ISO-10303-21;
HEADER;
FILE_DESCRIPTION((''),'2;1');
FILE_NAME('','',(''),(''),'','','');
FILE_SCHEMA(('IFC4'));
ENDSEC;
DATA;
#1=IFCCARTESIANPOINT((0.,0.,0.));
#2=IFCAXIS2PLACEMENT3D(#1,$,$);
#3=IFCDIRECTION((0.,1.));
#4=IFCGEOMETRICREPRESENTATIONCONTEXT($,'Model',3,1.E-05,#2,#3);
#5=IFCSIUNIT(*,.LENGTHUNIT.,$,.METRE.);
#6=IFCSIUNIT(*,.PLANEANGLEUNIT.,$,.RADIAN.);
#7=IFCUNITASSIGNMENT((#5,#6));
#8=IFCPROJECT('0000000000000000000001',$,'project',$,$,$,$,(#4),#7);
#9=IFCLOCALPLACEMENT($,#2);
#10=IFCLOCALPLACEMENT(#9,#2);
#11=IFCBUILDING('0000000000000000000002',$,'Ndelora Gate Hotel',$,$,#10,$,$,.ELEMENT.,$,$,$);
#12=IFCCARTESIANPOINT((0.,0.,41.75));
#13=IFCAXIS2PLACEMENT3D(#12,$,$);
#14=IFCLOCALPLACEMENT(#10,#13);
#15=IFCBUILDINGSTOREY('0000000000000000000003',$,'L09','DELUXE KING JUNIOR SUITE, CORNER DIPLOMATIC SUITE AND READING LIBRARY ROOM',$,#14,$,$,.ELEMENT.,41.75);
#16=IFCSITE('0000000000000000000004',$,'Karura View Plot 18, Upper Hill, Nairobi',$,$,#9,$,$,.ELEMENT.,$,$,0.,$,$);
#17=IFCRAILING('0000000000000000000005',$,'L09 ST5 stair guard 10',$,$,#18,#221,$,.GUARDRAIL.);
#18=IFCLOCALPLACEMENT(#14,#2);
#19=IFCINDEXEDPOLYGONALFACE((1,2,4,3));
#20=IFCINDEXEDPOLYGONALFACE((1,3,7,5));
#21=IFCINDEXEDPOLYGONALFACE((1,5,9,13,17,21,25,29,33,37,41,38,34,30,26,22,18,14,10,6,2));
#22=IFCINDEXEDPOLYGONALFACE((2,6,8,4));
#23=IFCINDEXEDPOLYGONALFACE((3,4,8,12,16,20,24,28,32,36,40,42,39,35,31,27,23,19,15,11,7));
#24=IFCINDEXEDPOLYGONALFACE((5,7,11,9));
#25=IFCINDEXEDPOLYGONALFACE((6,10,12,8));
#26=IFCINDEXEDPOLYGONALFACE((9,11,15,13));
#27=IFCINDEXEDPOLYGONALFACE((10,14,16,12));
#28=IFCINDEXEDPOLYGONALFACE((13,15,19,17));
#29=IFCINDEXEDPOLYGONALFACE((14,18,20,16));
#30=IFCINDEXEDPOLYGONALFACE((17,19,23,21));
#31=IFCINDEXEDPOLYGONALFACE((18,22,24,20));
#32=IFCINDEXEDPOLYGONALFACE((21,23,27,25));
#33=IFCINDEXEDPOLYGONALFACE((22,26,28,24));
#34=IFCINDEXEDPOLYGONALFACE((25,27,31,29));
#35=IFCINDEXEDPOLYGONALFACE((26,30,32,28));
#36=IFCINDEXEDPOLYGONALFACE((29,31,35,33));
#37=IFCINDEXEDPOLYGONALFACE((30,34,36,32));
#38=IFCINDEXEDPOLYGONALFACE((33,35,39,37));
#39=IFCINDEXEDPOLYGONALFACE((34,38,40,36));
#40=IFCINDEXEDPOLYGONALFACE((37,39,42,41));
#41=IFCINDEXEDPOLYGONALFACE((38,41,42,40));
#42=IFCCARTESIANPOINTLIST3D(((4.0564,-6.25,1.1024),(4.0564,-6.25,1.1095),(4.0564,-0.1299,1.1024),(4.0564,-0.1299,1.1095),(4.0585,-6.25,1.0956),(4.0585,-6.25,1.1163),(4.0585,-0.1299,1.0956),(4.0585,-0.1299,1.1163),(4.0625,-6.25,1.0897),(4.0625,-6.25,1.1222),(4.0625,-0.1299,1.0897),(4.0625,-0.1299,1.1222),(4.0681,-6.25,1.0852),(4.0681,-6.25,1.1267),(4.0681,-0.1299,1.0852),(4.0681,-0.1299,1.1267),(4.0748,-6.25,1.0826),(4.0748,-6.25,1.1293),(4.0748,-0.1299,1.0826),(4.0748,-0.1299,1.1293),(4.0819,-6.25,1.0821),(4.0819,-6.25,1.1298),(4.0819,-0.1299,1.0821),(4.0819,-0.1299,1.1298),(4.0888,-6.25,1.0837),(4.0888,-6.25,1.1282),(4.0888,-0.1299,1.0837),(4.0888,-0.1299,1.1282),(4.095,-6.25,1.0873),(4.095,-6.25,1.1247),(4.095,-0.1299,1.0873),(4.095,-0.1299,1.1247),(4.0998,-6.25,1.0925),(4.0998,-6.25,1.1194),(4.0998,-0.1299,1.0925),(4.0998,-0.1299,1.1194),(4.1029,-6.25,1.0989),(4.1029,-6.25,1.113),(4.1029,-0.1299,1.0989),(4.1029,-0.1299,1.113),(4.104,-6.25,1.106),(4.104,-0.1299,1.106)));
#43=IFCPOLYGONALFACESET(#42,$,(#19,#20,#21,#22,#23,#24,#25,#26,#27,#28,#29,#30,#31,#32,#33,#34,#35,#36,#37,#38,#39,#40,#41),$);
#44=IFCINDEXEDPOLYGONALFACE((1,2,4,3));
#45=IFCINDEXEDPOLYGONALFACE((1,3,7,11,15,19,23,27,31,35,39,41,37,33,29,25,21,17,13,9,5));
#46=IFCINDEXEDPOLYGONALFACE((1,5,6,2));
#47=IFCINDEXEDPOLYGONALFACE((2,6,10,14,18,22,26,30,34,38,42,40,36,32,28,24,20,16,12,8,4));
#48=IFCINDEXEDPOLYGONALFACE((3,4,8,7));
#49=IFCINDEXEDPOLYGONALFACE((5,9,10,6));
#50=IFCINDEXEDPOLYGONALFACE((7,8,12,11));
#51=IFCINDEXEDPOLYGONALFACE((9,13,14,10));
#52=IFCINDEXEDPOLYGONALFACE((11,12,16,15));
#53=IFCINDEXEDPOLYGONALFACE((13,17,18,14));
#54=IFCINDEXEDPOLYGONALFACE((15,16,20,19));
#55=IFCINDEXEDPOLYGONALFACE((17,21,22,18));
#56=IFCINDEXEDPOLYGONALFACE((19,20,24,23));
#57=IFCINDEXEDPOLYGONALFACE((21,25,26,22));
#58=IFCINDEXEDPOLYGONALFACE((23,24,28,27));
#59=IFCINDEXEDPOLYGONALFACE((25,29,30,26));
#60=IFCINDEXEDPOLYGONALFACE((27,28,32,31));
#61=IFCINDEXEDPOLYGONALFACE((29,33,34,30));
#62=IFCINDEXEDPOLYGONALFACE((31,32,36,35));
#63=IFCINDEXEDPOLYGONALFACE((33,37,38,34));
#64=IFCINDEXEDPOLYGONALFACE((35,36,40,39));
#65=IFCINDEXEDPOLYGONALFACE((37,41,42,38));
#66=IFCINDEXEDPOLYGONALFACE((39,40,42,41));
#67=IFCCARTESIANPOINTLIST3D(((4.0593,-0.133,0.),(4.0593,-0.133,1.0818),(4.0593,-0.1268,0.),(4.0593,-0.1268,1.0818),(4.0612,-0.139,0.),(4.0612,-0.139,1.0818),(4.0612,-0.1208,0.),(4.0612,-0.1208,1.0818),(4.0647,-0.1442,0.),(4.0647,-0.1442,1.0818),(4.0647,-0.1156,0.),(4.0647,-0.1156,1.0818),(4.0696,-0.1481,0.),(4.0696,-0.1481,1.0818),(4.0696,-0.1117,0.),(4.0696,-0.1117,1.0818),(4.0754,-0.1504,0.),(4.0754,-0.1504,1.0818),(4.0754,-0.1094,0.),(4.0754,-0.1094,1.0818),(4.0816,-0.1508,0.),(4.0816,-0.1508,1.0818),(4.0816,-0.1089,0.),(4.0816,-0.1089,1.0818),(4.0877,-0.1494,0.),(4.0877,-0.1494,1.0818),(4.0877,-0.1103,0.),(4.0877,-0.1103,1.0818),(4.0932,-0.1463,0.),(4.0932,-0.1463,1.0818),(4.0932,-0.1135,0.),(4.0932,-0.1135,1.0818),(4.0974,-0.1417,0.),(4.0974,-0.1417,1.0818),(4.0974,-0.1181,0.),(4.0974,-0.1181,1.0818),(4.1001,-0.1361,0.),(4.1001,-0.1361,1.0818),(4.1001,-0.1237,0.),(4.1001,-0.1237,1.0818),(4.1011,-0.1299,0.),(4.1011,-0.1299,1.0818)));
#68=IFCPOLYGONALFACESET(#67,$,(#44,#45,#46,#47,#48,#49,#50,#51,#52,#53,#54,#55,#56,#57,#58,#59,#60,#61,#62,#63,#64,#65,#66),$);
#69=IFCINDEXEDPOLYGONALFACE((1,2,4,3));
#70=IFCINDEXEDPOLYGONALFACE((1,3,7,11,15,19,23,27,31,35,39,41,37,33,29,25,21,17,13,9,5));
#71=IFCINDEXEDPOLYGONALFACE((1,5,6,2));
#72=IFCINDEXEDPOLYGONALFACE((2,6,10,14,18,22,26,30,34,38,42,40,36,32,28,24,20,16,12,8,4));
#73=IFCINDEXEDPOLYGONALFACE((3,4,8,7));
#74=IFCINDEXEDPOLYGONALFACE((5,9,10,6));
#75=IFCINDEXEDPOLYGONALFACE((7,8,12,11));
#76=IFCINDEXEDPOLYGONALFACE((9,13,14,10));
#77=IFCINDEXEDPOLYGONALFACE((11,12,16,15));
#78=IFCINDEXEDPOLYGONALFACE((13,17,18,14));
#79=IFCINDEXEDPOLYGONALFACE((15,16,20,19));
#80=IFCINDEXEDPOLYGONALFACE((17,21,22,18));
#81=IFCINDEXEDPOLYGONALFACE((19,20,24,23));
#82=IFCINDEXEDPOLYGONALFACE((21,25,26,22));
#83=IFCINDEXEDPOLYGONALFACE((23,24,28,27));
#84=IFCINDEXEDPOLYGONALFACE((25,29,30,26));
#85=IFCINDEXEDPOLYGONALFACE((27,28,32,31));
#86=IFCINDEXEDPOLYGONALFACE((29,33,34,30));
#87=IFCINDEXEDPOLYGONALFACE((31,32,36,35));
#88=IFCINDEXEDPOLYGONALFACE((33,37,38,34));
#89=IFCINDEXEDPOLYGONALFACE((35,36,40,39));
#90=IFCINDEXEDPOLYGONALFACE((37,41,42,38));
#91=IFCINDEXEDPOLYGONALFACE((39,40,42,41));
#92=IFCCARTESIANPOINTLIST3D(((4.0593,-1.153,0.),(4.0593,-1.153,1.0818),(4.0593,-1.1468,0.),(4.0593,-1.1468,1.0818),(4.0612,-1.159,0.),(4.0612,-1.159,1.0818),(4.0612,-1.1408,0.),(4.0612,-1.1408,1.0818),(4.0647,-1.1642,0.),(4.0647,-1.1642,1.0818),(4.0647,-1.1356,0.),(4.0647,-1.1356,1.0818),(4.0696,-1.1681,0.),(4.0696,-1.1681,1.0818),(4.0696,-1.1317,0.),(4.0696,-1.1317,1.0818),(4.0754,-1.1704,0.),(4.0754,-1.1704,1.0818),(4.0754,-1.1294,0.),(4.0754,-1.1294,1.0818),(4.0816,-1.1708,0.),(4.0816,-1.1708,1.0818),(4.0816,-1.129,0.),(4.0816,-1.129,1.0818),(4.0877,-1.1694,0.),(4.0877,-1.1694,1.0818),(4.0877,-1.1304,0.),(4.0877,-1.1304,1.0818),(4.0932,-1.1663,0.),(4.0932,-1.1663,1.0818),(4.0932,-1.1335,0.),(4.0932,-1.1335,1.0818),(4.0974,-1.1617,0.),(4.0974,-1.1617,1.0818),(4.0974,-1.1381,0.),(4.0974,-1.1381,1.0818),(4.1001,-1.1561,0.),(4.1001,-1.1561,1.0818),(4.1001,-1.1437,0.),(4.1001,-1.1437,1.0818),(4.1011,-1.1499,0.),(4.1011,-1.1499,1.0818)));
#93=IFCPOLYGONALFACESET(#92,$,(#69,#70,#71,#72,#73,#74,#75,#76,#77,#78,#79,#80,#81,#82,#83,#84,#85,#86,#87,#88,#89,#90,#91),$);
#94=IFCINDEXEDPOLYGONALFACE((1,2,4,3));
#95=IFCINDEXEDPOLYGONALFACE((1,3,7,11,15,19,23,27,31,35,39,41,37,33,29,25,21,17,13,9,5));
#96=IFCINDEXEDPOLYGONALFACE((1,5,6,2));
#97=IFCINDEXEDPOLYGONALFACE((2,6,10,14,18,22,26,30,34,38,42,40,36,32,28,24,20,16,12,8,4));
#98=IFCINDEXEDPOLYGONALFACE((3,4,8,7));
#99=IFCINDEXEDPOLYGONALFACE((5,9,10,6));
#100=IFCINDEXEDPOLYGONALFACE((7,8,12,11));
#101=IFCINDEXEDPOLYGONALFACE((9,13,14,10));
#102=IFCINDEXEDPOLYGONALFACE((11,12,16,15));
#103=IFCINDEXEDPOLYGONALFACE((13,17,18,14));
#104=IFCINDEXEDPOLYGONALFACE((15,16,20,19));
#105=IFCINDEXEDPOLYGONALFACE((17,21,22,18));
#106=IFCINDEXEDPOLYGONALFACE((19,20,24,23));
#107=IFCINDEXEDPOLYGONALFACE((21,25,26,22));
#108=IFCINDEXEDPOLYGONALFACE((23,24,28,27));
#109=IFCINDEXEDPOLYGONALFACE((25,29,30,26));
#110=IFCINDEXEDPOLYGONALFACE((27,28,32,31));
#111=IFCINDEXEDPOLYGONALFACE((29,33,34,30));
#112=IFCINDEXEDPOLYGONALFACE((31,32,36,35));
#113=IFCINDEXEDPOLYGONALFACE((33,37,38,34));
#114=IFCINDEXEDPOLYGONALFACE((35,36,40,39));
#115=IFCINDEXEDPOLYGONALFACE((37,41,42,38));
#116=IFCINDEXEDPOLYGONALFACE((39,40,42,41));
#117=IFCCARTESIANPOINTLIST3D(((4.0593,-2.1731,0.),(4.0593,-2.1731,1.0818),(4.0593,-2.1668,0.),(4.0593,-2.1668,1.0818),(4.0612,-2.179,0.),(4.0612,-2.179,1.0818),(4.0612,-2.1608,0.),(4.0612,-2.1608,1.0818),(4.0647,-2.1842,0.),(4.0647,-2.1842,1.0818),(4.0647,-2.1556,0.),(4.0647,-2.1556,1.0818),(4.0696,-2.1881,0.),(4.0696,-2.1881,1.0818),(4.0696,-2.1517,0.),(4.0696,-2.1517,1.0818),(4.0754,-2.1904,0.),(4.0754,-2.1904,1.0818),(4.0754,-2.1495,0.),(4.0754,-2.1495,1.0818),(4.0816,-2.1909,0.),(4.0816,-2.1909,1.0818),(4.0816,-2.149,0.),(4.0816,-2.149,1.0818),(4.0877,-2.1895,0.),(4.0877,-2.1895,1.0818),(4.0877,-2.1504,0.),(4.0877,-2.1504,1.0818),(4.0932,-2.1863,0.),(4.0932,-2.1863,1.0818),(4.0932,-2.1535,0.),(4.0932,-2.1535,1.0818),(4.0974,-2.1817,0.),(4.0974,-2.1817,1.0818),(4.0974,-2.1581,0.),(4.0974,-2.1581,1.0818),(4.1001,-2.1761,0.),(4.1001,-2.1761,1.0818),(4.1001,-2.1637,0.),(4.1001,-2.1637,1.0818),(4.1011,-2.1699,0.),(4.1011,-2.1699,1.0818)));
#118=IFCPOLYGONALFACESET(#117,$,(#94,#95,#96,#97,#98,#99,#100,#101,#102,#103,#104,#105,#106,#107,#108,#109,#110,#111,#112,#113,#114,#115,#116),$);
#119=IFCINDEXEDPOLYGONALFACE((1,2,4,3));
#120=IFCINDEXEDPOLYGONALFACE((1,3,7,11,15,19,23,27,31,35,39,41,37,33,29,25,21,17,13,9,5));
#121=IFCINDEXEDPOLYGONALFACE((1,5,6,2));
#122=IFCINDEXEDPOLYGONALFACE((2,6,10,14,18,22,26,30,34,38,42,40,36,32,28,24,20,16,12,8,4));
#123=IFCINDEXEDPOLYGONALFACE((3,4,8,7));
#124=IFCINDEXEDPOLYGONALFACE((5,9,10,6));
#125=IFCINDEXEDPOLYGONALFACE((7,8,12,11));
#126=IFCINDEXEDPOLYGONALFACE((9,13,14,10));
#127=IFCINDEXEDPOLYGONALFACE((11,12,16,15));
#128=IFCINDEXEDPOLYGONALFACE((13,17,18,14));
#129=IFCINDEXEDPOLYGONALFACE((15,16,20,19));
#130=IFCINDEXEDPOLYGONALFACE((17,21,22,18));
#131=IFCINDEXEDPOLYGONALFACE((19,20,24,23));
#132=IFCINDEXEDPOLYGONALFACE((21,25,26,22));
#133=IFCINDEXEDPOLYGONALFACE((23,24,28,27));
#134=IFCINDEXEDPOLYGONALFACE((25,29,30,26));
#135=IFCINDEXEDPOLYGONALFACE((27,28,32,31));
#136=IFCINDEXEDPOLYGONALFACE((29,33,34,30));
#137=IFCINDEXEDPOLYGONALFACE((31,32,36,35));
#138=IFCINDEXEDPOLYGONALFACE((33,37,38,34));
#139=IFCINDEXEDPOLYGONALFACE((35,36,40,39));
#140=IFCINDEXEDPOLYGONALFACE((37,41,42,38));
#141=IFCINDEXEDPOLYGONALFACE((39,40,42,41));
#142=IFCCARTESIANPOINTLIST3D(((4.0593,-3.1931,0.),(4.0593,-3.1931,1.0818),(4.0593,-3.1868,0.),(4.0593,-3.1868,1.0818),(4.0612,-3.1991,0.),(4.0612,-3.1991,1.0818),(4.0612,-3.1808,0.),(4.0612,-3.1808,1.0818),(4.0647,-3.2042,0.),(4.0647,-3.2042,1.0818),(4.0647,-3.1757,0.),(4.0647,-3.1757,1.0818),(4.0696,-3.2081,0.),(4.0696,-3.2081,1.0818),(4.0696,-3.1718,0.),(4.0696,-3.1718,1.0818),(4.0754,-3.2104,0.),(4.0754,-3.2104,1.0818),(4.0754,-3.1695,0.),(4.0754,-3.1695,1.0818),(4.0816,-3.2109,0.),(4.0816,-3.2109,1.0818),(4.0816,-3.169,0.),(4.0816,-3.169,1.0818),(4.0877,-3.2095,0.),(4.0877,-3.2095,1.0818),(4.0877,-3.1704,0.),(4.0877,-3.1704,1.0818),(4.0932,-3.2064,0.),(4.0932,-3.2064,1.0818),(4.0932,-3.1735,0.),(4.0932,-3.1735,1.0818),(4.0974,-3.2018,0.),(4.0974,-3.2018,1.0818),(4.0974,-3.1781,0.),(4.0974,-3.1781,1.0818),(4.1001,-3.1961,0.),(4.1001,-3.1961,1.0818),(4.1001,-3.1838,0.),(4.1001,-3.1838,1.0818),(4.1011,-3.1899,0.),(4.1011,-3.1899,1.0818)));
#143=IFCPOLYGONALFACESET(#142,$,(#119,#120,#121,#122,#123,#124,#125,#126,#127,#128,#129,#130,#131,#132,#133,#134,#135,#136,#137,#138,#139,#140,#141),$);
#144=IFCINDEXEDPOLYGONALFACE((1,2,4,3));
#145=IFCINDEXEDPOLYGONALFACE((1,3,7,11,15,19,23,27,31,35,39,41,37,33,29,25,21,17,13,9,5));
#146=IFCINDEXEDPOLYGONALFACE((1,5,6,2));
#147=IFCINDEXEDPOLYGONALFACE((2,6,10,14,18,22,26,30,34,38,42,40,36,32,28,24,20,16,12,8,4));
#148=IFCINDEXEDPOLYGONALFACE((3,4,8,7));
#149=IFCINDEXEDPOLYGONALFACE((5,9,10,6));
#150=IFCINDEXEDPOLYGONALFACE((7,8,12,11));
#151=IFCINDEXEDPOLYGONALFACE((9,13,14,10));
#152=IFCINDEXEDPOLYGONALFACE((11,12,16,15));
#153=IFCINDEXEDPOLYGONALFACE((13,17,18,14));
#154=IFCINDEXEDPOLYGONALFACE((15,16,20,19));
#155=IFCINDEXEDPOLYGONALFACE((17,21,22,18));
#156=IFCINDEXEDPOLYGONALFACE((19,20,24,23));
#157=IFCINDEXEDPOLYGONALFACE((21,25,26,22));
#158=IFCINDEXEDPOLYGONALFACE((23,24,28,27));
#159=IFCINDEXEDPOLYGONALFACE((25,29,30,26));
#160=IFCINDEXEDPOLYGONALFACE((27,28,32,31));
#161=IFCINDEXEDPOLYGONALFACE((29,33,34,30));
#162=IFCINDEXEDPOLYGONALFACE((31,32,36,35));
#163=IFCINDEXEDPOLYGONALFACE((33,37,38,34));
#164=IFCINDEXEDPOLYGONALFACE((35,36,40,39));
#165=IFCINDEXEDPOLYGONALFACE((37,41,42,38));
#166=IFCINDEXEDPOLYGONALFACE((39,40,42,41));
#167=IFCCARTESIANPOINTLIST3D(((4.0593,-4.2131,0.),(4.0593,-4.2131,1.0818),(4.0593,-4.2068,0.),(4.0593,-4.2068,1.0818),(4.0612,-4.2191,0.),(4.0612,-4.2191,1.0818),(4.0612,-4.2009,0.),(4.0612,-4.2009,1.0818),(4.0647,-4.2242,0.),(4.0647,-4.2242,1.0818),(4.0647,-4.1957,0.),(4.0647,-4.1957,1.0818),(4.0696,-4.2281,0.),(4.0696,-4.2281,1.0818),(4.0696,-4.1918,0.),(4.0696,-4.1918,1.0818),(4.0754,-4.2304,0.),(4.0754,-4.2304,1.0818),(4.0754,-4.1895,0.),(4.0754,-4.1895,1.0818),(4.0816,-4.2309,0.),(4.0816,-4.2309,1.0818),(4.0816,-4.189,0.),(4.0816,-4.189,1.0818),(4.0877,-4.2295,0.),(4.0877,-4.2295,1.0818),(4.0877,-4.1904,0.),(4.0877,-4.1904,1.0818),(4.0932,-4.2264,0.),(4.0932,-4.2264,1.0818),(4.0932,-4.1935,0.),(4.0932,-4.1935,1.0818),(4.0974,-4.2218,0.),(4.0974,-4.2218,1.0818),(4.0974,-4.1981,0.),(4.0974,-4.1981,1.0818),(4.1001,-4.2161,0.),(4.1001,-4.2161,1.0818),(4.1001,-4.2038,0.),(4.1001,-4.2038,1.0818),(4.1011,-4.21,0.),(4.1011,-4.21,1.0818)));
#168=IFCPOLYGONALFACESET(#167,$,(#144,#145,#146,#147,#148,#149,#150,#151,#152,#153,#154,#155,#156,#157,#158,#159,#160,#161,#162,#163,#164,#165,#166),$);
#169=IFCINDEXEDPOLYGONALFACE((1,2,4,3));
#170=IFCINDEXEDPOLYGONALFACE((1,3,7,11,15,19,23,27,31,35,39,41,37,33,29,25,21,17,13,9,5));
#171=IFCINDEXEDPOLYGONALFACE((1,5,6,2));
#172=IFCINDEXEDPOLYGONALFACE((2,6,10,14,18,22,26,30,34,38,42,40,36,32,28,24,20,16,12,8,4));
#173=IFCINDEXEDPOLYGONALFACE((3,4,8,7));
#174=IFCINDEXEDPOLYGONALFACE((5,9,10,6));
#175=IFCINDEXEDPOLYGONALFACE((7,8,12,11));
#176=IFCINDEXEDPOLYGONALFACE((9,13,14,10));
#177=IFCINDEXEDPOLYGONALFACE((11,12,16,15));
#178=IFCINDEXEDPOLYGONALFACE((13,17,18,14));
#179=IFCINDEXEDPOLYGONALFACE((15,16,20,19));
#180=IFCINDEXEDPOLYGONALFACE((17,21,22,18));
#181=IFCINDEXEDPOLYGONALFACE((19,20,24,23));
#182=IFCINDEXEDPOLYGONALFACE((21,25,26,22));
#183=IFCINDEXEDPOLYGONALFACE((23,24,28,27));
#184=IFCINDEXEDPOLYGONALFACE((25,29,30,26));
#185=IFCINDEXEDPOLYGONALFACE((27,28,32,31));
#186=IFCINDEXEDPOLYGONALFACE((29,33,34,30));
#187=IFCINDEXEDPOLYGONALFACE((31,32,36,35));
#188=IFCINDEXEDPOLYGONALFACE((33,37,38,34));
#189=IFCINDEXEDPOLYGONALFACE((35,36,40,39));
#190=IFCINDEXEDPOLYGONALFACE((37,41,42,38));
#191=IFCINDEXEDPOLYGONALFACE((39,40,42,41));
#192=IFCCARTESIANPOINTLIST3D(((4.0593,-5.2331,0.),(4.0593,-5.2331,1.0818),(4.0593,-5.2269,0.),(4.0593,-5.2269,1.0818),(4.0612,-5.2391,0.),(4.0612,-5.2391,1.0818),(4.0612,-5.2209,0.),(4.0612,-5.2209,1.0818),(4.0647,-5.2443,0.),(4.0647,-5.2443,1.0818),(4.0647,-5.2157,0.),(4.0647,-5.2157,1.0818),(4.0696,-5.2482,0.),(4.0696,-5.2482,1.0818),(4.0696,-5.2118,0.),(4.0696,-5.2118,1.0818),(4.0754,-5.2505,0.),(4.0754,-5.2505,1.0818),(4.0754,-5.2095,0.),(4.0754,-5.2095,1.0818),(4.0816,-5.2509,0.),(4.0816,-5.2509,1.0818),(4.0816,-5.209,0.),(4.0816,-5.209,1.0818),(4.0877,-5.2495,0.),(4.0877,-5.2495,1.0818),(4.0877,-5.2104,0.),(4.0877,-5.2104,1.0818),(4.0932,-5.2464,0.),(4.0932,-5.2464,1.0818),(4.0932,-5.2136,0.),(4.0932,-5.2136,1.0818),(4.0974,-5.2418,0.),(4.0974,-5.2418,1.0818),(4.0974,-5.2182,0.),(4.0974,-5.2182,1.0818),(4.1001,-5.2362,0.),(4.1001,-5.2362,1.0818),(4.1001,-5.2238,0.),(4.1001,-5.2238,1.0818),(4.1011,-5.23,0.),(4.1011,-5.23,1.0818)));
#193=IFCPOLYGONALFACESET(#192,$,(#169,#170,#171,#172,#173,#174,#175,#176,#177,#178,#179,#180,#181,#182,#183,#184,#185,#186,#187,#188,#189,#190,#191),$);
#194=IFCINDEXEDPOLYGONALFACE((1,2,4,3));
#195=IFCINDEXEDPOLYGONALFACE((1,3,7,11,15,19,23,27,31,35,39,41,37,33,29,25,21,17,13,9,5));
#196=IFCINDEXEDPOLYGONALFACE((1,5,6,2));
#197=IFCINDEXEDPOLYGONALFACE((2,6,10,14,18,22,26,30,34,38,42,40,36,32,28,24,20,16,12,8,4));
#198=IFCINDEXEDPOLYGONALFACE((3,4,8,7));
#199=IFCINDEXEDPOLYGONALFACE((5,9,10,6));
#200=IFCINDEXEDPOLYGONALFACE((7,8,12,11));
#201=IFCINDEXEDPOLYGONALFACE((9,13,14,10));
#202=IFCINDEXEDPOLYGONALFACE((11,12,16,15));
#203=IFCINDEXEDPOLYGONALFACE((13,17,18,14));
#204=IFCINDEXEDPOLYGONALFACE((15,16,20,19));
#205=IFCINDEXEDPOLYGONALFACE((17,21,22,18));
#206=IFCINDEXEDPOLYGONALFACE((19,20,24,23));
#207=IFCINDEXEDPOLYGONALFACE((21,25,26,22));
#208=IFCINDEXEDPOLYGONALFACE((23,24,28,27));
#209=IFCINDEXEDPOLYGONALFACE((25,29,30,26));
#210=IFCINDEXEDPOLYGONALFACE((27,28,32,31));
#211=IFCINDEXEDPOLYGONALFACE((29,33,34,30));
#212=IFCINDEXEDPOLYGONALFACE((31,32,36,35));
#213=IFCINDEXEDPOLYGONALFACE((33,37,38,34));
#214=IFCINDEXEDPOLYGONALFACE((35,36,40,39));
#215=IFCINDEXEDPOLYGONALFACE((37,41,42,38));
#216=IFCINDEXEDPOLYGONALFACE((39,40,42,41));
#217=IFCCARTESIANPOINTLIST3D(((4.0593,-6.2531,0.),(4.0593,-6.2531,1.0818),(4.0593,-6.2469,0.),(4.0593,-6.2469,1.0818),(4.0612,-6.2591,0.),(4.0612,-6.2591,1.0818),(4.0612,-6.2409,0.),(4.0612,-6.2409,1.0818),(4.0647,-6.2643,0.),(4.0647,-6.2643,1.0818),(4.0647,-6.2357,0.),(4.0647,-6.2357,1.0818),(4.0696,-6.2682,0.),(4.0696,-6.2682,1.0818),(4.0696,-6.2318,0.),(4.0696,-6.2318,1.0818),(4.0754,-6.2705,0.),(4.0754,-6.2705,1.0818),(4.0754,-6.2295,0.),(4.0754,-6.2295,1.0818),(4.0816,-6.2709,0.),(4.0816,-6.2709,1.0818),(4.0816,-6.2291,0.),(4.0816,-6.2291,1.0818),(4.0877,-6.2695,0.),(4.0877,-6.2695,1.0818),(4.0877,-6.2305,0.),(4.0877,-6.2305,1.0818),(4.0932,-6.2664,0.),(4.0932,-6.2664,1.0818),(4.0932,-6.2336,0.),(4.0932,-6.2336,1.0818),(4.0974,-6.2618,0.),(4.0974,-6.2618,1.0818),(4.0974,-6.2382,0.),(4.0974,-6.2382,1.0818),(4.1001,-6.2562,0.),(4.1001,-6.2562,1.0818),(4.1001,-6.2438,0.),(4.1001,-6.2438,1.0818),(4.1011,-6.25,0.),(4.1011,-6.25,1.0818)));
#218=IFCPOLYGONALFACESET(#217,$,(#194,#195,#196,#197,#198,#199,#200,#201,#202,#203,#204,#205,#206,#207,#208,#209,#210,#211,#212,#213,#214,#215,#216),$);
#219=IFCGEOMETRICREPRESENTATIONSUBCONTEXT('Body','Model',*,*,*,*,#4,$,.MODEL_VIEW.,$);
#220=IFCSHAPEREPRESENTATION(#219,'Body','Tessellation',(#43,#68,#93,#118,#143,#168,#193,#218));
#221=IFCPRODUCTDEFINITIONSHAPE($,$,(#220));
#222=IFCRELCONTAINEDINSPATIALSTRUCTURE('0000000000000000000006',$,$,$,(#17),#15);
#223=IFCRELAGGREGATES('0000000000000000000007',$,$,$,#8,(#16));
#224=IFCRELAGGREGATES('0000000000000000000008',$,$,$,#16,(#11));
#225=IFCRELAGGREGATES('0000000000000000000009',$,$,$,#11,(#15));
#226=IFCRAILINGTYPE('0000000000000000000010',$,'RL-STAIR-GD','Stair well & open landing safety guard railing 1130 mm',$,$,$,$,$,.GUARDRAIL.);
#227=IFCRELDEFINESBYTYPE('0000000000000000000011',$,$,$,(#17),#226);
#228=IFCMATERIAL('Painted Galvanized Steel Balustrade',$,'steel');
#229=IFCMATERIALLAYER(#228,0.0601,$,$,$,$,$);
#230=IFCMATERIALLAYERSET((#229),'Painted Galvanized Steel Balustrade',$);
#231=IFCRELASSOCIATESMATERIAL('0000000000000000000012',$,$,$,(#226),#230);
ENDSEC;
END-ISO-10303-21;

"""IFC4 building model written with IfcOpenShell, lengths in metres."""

from ifc_helpers import new_model, si_unit, direction, frame, origin, origin_2d, place, context, subcontext, project, spatial, circle, extrude, material, layer, layer_set, type_object, element, save


model = new_model("IFC4")

# Units and contexts
model_context = context("Model", 3, precision=1e-05, world=origin(), true_north=direction((0.0, 1.0)))
body_context = subcontext(model_context, "Body", "Model", "MODEL_VIEW")
ifc_project = project(units=[si_unit("LENGTHUNIT", "METRE"), si_unit("PLANEANGLEUNIT", "RADIAN")], contexts=[model_context])

# Site, building, storey
site_placement = place(None, origin())
site = spatial("IfcSite", under=ifc_project, at=site_placement, Name="Karura View Plot 18, Upper Hill, Nairobi", CompositionType="ELEMENT", RefElevation=0.0)
building_placement = place(site_placement, origin())
building = spatial("IfcBuilding", under=site, at=building_placement, Name="Ndelora Gate Hotel", CompositionType="ELEMENT")
storey_placement = place(building_placement, frame((0.0, 0.0, 41.75)))
storey = spatial("IfcBuildingStorey", under=building, at=storey_placement, Name="L09", Description="DELUXE KING JUNIOR SUITE, CORNER DIPLOMATIC SUITE AND READING LIBRARY ROOM", CompositionType="ELEMENT", Elevation=41.75)

# Railing
ifc_material_1 = material(Name="Painted Galvanized Steel Balustrade", Category="steel")
ifc_layer_1 = layer(ifc_material_1, 0.0601)
ifc_layer_set_1 = layer_set([ifc_layer_1], Name="Painted Galvanized Steel Balustrade")
railing_type_1 = type_object("IfcRailingType", Name="RL-STAIR-GD", Description="Stair well & open landing safety guard railing 1130 mm", PredefinedType="GUARDRAIL", material=ifc_layer_set_1)
railing_1_placement = place(storey_placement, frame((4.0801, -0.1299, 0.0)))
element("IfcRailing", 1, at=railing_1_placement, inside=storey, type_object=railing_type_1, Name="L09 ST5 stair guard 10", PredefinedType="GUARDRAIL", context=body_context, shape_type="SweptSolid", body=[
    extrude(circle(Radius=0.0239, at=origin_2d()), frame((0.0, 0.0, 1.106), z_axis=(0.0, -1.0, 0.0), x_axis=(1.0, 0.0, 0.0)), (0.0, 0.0, 1.0), 6.1201),
    extrude(circle(Radius=0.021, at=origin_2d()), origin(), (0.0, 0.0, 1.0), 1.0818),
    extrude(circle(Radius=0.021, at=origin_2d()), frame((0.0, -1.02, 0.0)), (0.0, 0.0, 1.0), 1.0818),
    extrude(circle(Radius=0.021, at=origin_2d()), frame((0.0, -2.04, 0.0)), (0.0, 0.0, 1.0), 1.0818),
    extrude(circle(Radius=0.021, at=origin_2d()), frame((0.0, -3.0601, 0.0)), (0.0, 0.0, 1.0), 1.0818),
    extrude(circle(Radius=0.021, at=origin_2d()), frame((0.0, -4.0801, 0.0)), (0.0, 0.0, 1.0), 1.0818),
    extrude(circle(Radius=0.021, at=origin_2d()), frame((0.0, -5.1001, 0.0)), (0.0, 0.0, 1.0), 1.0818),
    extrude(circle(Radius=0.021, at=origin_2d()), frame((0.0, -6.1201, 0.0)), (0.0, 0.0, 1.0), 1.0818),
])

save(model, "model.ifc")
